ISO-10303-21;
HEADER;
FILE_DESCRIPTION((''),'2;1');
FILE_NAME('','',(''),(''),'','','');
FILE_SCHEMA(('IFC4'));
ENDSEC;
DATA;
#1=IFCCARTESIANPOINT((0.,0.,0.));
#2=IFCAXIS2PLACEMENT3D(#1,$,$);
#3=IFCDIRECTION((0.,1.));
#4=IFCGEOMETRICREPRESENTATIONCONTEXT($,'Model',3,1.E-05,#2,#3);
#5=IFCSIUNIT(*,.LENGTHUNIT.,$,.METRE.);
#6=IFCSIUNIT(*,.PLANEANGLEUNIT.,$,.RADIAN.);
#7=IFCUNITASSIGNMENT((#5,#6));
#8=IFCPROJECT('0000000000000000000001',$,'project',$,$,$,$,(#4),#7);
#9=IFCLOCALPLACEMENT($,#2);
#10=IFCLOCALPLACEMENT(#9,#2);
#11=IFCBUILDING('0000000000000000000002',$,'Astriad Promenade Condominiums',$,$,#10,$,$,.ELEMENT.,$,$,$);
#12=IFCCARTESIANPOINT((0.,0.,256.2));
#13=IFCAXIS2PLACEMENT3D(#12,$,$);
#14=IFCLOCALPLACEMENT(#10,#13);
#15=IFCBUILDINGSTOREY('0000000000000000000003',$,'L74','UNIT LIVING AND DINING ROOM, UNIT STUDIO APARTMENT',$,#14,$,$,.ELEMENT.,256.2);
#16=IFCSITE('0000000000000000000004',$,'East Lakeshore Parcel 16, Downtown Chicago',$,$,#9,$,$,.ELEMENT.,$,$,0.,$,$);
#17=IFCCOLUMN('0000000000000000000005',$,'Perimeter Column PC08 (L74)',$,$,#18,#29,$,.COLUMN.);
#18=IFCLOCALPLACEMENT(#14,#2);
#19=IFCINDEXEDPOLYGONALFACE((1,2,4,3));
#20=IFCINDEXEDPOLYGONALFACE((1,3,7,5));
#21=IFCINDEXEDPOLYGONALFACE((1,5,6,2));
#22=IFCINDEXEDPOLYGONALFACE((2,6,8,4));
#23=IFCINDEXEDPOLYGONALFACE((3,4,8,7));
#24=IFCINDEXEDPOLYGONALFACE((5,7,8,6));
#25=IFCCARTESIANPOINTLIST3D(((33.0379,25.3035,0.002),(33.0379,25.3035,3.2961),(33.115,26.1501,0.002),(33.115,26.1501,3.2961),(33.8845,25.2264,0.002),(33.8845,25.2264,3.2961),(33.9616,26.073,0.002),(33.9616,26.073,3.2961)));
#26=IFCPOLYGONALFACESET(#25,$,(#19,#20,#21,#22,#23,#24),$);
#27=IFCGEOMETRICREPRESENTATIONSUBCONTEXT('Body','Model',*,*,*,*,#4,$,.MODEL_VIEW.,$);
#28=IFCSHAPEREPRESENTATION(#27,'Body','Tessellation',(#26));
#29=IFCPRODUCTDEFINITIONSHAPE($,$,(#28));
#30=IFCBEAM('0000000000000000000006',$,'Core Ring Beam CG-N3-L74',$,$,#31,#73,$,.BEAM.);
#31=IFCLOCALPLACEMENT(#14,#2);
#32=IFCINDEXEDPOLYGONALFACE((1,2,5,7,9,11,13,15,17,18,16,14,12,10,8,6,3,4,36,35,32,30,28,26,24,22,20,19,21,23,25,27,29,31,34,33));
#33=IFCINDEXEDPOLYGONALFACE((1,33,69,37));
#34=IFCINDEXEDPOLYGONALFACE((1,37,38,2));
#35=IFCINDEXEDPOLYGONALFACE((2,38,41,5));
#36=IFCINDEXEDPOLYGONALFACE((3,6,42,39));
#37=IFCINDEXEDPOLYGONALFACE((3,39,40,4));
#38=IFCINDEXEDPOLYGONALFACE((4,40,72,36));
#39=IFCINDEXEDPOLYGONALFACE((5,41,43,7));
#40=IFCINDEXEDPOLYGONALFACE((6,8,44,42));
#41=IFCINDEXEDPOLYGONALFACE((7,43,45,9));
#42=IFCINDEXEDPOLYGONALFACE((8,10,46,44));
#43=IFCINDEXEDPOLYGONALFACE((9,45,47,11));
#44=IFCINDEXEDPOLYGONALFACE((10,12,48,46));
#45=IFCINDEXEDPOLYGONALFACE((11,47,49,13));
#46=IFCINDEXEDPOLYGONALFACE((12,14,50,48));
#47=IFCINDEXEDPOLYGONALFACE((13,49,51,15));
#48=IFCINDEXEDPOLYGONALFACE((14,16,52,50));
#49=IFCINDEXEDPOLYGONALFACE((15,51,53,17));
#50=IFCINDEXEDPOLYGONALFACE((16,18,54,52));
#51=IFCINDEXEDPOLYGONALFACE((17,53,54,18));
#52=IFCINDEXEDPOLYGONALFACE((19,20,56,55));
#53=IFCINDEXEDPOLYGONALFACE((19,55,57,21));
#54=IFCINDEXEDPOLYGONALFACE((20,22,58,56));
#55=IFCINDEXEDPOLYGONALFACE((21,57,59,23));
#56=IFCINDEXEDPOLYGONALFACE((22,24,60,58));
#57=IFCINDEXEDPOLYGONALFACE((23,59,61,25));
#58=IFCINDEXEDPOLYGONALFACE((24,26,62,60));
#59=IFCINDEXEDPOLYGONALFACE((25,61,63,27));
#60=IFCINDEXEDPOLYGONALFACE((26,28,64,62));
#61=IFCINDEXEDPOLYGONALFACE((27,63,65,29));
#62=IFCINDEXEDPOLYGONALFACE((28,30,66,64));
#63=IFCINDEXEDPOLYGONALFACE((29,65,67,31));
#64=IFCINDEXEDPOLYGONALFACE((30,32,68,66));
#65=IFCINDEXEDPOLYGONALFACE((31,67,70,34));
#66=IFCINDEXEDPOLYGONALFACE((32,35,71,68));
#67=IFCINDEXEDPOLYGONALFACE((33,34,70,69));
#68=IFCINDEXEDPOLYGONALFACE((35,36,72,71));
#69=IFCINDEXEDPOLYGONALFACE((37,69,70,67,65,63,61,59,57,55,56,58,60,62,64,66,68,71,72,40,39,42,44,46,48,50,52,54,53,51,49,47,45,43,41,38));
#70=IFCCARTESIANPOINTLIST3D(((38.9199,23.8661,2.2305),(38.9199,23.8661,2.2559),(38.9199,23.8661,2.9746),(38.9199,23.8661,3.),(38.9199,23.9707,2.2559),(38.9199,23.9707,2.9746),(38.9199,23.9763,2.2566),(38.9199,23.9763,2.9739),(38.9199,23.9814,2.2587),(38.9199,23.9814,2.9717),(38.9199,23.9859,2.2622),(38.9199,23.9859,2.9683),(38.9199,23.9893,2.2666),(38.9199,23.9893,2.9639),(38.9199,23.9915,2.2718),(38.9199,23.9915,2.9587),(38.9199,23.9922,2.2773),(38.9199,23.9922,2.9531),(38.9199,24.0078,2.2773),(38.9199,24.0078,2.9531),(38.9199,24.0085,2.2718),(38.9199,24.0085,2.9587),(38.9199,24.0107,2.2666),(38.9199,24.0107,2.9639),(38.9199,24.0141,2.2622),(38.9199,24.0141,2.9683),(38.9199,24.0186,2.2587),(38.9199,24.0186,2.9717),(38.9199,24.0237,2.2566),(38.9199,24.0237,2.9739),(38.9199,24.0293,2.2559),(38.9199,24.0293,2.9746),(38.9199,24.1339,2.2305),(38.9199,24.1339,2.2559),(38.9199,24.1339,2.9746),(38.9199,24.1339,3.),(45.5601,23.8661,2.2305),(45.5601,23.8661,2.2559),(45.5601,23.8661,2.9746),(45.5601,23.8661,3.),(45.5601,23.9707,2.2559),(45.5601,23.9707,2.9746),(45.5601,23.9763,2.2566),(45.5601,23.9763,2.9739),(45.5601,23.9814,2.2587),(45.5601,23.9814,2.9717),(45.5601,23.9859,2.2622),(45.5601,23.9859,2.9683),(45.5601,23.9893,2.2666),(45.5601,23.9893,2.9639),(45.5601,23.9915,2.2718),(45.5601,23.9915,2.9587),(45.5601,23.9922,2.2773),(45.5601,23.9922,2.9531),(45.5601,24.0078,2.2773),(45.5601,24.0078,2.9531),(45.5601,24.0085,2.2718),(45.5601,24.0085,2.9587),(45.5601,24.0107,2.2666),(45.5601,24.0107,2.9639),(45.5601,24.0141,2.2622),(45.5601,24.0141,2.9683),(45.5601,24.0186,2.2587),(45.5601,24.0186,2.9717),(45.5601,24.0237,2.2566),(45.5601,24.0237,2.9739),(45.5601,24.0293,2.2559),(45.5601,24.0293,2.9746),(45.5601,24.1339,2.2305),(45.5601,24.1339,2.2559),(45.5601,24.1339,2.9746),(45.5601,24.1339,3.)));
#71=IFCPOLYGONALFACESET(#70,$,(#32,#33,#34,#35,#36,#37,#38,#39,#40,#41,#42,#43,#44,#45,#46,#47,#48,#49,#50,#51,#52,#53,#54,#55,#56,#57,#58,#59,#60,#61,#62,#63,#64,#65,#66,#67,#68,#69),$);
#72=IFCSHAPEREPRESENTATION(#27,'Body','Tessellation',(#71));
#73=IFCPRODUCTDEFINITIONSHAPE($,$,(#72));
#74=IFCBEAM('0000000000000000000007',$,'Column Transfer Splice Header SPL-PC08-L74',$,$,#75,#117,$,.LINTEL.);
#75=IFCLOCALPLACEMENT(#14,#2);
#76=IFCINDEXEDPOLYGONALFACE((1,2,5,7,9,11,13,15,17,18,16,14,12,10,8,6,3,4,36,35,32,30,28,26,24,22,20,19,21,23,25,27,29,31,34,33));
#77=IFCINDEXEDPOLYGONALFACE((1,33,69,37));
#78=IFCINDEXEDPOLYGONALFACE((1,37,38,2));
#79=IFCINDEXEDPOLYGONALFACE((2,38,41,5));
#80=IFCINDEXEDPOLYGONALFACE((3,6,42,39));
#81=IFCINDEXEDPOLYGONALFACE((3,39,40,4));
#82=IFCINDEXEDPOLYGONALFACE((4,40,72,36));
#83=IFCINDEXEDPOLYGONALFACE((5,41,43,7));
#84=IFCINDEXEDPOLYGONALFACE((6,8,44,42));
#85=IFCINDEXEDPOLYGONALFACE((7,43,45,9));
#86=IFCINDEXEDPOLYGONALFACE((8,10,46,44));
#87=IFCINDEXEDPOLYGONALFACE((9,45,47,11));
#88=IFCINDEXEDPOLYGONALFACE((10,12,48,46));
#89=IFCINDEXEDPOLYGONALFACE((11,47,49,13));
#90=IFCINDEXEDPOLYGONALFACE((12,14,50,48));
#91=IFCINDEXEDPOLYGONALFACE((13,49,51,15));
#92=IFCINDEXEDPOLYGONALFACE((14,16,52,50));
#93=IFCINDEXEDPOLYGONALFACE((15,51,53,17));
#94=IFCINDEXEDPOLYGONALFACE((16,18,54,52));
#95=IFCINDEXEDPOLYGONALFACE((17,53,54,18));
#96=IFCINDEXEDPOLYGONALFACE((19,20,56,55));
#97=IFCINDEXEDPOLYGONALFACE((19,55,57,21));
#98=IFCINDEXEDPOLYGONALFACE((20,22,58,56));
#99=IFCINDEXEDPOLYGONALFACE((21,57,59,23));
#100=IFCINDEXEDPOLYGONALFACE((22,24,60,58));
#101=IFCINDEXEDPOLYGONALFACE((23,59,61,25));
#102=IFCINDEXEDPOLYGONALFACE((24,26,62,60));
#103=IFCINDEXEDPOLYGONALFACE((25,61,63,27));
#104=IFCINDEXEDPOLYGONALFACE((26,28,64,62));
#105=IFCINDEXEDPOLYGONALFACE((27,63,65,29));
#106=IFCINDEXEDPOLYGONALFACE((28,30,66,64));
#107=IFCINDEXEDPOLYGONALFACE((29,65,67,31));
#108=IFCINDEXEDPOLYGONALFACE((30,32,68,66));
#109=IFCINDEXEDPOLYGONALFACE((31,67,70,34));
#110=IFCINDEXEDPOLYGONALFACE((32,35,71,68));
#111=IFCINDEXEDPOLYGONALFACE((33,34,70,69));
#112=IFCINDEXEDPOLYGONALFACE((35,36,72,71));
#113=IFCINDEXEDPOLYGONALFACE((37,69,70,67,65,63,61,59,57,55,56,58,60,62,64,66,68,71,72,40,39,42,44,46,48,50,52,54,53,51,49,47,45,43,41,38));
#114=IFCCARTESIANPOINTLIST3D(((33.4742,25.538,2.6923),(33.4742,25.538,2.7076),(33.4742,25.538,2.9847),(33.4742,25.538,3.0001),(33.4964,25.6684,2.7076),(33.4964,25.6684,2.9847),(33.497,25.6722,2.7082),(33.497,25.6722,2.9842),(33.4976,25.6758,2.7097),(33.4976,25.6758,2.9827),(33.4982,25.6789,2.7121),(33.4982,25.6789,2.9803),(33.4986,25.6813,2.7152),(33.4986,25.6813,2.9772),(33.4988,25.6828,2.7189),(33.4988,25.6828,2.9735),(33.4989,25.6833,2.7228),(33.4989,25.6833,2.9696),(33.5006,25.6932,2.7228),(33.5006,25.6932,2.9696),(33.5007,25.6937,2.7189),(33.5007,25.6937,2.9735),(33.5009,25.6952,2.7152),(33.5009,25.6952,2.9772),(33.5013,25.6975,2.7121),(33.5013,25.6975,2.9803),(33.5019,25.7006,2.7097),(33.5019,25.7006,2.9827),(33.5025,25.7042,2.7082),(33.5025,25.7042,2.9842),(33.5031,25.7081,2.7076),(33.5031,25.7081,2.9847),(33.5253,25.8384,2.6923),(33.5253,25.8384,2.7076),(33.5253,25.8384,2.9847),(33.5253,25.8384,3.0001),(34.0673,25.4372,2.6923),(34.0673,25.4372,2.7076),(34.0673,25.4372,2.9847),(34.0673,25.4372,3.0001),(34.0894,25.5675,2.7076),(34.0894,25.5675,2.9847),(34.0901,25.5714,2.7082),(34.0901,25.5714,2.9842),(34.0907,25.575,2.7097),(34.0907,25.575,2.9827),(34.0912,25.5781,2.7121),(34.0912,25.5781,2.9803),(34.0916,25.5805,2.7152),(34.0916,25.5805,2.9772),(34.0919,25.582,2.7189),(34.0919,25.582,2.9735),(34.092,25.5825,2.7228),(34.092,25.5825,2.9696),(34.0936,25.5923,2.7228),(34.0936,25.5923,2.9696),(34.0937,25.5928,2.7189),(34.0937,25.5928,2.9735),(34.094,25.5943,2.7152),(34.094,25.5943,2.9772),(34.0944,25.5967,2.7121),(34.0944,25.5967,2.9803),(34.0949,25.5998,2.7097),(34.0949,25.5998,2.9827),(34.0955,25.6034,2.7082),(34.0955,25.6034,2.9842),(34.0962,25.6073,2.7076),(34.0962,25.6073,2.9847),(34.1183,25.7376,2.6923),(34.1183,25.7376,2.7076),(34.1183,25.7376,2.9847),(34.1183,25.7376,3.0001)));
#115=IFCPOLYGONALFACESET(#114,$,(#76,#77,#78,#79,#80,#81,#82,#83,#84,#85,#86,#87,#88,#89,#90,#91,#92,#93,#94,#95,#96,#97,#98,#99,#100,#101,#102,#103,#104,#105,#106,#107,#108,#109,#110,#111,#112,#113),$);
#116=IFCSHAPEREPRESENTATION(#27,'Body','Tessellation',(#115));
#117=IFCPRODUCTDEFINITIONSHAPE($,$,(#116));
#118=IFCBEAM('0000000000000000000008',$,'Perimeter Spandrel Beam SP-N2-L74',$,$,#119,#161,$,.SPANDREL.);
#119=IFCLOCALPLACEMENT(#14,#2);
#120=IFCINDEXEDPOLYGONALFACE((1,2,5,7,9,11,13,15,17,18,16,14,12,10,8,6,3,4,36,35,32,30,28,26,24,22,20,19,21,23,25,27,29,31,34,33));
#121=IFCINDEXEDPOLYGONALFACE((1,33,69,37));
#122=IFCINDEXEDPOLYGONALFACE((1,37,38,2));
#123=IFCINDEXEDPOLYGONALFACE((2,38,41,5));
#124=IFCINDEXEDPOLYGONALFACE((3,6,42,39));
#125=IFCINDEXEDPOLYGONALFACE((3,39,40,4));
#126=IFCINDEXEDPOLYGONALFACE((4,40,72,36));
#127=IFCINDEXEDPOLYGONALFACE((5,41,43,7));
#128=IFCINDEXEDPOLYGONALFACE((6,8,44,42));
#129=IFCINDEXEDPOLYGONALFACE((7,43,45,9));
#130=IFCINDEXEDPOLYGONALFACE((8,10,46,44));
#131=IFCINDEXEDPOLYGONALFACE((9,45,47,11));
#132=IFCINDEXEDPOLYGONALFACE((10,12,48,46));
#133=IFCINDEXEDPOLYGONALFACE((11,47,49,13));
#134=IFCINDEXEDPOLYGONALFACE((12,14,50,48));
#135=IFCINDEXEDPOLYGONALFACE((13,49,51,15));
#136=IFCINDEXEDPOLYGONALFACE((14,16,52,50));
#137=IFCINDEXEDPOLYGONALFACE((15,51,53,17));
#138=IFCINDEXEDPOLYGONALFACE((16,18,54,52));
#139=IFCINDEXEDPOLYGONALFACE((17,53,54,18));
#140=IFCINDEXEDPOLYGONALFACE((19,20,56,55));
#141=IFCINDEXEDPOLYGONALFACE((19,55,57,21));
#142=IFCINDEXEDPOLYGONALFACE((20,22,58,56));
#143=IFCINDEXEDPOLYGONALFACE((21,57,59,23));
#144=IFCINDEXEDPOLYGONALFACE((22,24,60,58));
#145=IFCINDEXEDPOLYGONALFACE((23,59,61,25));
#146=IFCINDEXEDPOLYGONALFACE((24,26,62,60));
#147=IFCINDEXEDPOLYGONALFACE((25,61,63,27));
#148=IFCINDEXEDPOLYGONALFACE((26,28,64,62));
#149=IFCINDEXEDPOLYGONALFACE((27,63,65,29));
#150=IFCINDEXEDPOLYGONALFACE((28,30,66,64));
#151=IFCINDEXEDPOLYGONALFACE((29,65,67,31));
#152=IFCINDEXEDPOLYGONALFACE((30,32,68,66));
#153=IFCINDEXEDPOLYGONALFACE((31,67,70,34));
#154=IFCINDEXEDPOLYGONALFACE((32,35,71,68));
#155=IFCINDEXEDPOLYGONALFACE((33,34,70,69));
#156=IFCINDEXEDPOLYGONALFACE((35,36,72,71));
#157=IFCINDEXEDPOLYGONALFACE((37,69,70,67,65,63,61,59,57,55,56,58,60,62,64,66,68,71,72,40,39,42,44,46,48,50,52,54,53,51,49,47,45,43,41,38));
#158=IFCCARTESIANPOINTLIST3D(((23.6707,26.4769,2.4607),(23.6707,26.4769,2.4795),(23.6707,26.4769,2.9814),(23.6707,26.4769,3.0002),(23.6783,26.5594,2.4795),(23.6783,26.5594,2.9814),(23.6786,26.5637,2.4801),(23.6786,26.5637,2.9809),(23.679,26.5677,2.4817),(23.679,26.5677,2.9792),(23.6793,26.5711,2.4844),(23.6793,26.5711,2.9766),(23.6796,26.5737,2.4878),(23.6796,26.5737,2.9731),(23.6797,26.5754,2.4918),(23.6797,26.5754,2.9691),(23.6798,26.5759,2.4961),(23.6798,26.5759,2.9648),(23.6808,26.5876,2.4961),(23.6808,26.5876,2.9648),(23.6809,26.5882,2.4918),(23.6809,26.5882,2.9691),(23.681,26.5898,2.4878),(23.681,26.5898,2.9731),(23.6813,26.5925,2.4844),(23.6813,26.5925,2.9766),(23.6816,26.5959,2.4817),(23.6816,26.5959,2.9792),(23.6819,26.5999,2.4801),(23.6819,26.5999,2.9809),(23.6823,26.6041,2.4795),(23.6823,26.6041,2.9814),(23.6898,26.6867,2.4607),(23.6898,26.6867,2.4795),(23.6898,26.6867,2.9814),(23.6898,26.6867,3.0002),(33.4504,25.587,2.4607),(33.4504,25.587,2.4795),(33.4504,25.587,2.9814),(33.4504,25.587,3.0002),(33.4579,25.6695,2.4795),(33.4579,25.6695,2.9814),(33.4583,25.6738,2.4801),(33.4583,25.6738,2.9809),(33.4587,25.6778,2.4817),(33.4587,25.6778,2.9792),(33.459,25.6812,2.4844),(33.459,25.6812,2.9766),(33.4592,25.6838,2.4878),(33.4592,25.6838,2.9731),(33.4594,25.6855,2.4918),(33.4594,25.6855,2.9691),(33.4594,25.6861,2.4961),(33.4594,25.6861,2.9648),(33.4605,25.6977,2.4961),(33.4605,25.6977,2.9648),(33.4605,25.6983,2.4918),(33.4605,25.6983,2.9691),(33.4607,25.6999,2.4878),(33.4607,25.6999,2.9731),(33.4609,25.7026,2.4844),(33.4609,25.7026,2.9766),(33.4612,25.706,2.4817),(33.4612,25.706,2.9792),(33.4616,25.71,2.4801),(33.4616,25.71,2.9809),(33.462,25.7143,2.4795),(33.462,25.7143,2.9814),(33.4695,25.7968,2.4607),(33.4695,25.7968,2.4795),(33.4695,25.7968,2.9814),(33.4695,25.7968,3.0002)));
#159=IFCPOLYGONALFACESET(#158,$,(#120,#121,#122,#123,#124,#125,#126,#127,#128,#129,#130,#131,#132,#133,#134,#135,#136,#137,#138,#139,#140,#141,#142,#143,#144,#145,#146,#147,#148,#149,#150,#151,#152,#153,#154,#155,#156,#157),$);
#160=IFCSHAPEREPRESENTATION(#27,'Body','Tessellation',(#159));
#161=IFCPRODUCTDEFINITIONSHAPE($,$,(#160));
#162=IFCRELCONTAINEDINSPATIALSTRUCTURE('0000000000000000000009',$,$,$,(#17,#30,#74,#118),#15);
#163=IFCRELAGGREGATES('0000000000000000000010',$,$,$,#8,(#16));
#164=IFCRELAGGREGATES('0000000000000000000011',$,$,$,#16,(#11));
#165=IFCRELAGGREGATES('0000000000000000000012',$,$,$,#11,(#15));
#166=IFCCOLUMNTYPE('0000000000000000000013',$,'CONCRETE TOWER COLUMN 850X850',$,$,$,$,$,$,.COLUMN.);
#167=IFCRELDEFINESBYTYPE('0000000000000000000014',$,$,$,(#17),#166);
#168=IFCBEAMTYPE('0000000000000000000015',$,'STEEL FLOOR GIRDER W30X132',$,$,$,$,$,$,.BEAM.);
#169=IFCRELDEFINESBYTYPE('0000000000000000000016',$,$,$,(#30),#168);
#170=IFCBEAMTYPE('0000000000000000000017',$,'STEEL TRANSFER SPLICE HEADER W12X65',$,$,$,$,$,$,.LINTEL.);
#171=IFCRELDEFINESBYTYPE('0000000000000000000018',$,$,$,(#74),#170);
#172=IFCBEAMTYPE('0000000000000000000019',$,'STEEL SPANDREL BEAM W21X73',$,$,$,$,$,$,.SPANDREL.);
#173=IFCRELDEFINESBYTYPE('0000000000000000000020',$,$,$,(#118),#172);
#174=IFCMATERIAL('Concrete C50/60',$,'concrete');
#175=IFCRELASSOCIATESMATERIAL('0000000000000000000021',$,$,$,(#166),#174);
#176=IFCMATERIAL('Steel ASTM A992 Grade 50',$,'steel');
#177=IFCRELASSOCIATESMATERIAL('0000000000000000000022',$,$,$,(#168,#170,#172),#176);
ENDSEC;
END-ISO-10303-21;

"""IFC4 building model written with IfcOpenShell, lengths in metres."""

from ifc_helpers import new_model, si_unit, direction, frame, origin, origin_2d, place, context, subcontext, project, spatial, rectangle, i_section, extrude, source, transform, mapped, material, material_profile, profile_set, type_object, type_shapes, element, save


model = new_model("IFC4")

# Units and contexts
model_context = context("Model", 3, precision=1e-05, world=origin(), true_north=direction((0.0, 1.0)))
body_context = subcontext(model_context, "Body", "Model", "MODEL_VIEW")
ifc_project = project(units=[si_unit("LENGTHUNIT", "METRE"), si_unit("PLANEANGLEUNIT", "RADIAN")], contexts=[model_context])

# Site, building, storey
site_placement = place(None, origin())
site = spatial("IfcSite", under=ifc_project, at=site_placement, Name="East Lakeshore Parcel 16, Downtown Chicago", CompositionType="ELEMENT", RefElevation=0.0)
building_placement = place(site_placement, origin())
building = spatial("IfcBuilding", under=site, at=building_placement, Name="Astriad Promenade Condominiums", CompositionType="ELEMENT")
storey_placement = place(building_placement, frame((0.0, 0.0, 256.2)))
storey = spatial("IfcBuildingStorey", under=building, at=storey_placement, Name="L74", Description="UNIT LIVING AND DINING ROOM, UNIT STUDIO APARTMENT", CompositionType="ELEMENT", Elevation=256.2)

# Column
ifc_material_1 = material(Name="Concrete C50/60", Category="concrete")
ifc_material_profile_1 = material_profile(ifc_material_1, rectangle(XDim=0.8501, YDim=0.8501, at=origin_2d()), Name="RC-COL-850X850")
ifc_profile_set_1 = profile_set([ifc_material_profile_1], Name="Concrete C50/60")
column_type = type_object("IfcColumnType", Name="CONCRETE TOWER COLUMN 850X850", PredefinedType="COLUMN", material=ifc_profile_set_1)
shared_shape_1 = source(origin(), body_context, "Body", "SweptSolid", [
    extrude(rectangle(XDim=0.8501, YDim=0.8501, at=origin_2d()), origin(), (0.0, 0.0, 1.0), 3.2942),
])
type_shapes(column_type, [shared_shape_1])
column_placement = place(storey_placement, frame((33.4998, 25.6882, 0.002), z_axis=(0.0, 0.0, 1.0), x_axis=(0.995884, -0.090633, 0.0)))
element("IfcColumn", 1, at=column_placement, inside=storey, type_object=column_type, Name="Perimeter Column PC08 (L74)", PredefinedType="COLUMN", context=body_context, shape_type="MappedRepresentation", body=[
    mapped(shared_shape_1, transform((0.0, 0.0, 0.0), scale=1.0)),
])

# Beams
ifc_material_2 = material(Name="Steel ASTM A992 Grade 50", Category="steel")
ifc_material_profile_2 = material_profile(ifc_material_2, i_section(OverallWidth=0.2678, OverallDepth=0.7695, WebThickness=0.0156, FlangeThickness=0.0254, FilletRadius=0.0215, at=origin_2d()), Name="W30X132")
ifc_profile_set_2 = profile_set([ifc_material_profile_2], Name="Steel ASTM A992 Grade 50")
beam_type_1 = type_object("IfcBeamType", Name="STEEL FLOOR GIRDER W30X132", PredefinedType="BEAM", material=ifc_profile_set_2)
shared_shape_2 = source(origin(), body_context, "Body", "SweptSolid", [
    extrude(i_section(OverallWidth=0.2678, OverallDepth=0.7695, WebThickness=0.0156, FlangeThickness=0.0254, FilletRadius=0.0215, at=origin_2d()), origin(), (0.0, 0.0, 1.0), 6.6401),
])
type_shapes(beam_type_1, [shared_shape_2])
beam_1_placement = place(storey_placement, frame((38.9199, 24.0, 2.6152), z_axis=(1.0, 0.0, 0.0), x_axis=(0.0, 1.0, 0.0)))
element("IfcBeam", 2, at=beam_1_placement, inside=storey, type_object=beam_type_1, Name="Core Ring Beam CG-N3-L74", PredefinedType="BEAM", context=body_context, shape_type="MappedRepresentation", body=[
    mapped(shared_shape_2, transform((0.0, 0.0, 0.0), scale=1.0)),
])
ifc_material_profile_3 = material_profile(ifc_material_2, i_section(OverallWidth=0.3047, OverallDepth=0.3079, WebThickness=0.01, FlangeThickness=0.0154, FilletRadius=0.0151, at=origin_2d()), Name="W12X65")
ifc_profile_set_3 = profile_set([ifc_material_profile_3], Name="Steel ASTM A992 Grade 50")
beam_type_2 = type_object("IfcBeamType", Name="STEEL TRANSFER SPLICE HEADER W12X65", PredefinedType="LINTEL", material=ifc_profile_set_3)
shared_shape_3 = source(origin(), body_context, "Body", "SweptSolid", [
    extrude(i_section(OverallWidth=0.3047, OverallDepth=0.3079, WebThickness=0.01, FlangeThickness=0.0154, FilletRadius=0.0151, at=origin_2d()), origin(), (0.0, 0.0, 1.0), 0.6016),
])
type_shapes(beam_type_2, [shared_shape_3])
beam_2_placement = place(storey_placement, frame((33.4998, 25.6882, 2.8462), z_axis=(0.985851, -0.167623, 0.0), x_axis=(0.167623, 0.985851, 0.0)))
element("IfcBeam", 3, at=beam_2_placement, inside=storey, type_object=beam_type_2, Name="Column Transfer Splice Header SPL-PC08-L74", PredefinedType="LINTEL", context=body_context, shape_type="MappedRepresentation", body=[
    mapped(shared_shape_3, transform((0.0, 0.0, 0.0), scale=1.0)),
])
ifc_material_profile_4 = material_profile(ifc_material_2, i_section(OverallWidth=0.2107, OverallDepth=0.5396, WebThickness=0.0117, FlangeThickness=0.0188, FilletRadius=0.0166, at=origin_2d()), Name="W21X73")
ifc_profile_set_4 = profile_set([ifc_material_profile_4], Name="Steel ASTM A992 Grade 50")
beam_type_3 = type_object("IfcBeamType", Name="STEEL SPANDREL BEAM W21X73", PredefinedType="SPANDREL", material=ifc_profile_set_4)
shared_shape_4 = source(origin(), body_context, "Body", "SweptSolid", [
    extrude(i_section(OverallWidth=0.2107, OverallDepth=0.5396, WebThickness=0.0117, FlangeThickness=0.0188, FilletRadius=0.0166, at=origin_2d()), origin(), (0.0, 0.0, 1.0), 9.8201),
])
type_shapes(beam_type_3, [shared_shape_4])
beam_3_placement = place(storey_placement, frame((33.46, 25.6919, 2.7305), z_axis=(-0.995886, 0.090619, 0.0), x_axis=(-0.090619, -0.995886, 0.0)))
element("IfcBeam", 4, at=beam_3_placement, inside=storey, type_object=beam_type_3, Name="Perimeter Spandrel Beam SP-N2-L74", PredefinedType="SPANDREL", context=body_context, shape_type="MappedRepresentation", body=[
    mapped(shared_shape_4, transform((0.0, 0.0, 0.0), scale=1.0)),
])

save(model, "model.ifc")
